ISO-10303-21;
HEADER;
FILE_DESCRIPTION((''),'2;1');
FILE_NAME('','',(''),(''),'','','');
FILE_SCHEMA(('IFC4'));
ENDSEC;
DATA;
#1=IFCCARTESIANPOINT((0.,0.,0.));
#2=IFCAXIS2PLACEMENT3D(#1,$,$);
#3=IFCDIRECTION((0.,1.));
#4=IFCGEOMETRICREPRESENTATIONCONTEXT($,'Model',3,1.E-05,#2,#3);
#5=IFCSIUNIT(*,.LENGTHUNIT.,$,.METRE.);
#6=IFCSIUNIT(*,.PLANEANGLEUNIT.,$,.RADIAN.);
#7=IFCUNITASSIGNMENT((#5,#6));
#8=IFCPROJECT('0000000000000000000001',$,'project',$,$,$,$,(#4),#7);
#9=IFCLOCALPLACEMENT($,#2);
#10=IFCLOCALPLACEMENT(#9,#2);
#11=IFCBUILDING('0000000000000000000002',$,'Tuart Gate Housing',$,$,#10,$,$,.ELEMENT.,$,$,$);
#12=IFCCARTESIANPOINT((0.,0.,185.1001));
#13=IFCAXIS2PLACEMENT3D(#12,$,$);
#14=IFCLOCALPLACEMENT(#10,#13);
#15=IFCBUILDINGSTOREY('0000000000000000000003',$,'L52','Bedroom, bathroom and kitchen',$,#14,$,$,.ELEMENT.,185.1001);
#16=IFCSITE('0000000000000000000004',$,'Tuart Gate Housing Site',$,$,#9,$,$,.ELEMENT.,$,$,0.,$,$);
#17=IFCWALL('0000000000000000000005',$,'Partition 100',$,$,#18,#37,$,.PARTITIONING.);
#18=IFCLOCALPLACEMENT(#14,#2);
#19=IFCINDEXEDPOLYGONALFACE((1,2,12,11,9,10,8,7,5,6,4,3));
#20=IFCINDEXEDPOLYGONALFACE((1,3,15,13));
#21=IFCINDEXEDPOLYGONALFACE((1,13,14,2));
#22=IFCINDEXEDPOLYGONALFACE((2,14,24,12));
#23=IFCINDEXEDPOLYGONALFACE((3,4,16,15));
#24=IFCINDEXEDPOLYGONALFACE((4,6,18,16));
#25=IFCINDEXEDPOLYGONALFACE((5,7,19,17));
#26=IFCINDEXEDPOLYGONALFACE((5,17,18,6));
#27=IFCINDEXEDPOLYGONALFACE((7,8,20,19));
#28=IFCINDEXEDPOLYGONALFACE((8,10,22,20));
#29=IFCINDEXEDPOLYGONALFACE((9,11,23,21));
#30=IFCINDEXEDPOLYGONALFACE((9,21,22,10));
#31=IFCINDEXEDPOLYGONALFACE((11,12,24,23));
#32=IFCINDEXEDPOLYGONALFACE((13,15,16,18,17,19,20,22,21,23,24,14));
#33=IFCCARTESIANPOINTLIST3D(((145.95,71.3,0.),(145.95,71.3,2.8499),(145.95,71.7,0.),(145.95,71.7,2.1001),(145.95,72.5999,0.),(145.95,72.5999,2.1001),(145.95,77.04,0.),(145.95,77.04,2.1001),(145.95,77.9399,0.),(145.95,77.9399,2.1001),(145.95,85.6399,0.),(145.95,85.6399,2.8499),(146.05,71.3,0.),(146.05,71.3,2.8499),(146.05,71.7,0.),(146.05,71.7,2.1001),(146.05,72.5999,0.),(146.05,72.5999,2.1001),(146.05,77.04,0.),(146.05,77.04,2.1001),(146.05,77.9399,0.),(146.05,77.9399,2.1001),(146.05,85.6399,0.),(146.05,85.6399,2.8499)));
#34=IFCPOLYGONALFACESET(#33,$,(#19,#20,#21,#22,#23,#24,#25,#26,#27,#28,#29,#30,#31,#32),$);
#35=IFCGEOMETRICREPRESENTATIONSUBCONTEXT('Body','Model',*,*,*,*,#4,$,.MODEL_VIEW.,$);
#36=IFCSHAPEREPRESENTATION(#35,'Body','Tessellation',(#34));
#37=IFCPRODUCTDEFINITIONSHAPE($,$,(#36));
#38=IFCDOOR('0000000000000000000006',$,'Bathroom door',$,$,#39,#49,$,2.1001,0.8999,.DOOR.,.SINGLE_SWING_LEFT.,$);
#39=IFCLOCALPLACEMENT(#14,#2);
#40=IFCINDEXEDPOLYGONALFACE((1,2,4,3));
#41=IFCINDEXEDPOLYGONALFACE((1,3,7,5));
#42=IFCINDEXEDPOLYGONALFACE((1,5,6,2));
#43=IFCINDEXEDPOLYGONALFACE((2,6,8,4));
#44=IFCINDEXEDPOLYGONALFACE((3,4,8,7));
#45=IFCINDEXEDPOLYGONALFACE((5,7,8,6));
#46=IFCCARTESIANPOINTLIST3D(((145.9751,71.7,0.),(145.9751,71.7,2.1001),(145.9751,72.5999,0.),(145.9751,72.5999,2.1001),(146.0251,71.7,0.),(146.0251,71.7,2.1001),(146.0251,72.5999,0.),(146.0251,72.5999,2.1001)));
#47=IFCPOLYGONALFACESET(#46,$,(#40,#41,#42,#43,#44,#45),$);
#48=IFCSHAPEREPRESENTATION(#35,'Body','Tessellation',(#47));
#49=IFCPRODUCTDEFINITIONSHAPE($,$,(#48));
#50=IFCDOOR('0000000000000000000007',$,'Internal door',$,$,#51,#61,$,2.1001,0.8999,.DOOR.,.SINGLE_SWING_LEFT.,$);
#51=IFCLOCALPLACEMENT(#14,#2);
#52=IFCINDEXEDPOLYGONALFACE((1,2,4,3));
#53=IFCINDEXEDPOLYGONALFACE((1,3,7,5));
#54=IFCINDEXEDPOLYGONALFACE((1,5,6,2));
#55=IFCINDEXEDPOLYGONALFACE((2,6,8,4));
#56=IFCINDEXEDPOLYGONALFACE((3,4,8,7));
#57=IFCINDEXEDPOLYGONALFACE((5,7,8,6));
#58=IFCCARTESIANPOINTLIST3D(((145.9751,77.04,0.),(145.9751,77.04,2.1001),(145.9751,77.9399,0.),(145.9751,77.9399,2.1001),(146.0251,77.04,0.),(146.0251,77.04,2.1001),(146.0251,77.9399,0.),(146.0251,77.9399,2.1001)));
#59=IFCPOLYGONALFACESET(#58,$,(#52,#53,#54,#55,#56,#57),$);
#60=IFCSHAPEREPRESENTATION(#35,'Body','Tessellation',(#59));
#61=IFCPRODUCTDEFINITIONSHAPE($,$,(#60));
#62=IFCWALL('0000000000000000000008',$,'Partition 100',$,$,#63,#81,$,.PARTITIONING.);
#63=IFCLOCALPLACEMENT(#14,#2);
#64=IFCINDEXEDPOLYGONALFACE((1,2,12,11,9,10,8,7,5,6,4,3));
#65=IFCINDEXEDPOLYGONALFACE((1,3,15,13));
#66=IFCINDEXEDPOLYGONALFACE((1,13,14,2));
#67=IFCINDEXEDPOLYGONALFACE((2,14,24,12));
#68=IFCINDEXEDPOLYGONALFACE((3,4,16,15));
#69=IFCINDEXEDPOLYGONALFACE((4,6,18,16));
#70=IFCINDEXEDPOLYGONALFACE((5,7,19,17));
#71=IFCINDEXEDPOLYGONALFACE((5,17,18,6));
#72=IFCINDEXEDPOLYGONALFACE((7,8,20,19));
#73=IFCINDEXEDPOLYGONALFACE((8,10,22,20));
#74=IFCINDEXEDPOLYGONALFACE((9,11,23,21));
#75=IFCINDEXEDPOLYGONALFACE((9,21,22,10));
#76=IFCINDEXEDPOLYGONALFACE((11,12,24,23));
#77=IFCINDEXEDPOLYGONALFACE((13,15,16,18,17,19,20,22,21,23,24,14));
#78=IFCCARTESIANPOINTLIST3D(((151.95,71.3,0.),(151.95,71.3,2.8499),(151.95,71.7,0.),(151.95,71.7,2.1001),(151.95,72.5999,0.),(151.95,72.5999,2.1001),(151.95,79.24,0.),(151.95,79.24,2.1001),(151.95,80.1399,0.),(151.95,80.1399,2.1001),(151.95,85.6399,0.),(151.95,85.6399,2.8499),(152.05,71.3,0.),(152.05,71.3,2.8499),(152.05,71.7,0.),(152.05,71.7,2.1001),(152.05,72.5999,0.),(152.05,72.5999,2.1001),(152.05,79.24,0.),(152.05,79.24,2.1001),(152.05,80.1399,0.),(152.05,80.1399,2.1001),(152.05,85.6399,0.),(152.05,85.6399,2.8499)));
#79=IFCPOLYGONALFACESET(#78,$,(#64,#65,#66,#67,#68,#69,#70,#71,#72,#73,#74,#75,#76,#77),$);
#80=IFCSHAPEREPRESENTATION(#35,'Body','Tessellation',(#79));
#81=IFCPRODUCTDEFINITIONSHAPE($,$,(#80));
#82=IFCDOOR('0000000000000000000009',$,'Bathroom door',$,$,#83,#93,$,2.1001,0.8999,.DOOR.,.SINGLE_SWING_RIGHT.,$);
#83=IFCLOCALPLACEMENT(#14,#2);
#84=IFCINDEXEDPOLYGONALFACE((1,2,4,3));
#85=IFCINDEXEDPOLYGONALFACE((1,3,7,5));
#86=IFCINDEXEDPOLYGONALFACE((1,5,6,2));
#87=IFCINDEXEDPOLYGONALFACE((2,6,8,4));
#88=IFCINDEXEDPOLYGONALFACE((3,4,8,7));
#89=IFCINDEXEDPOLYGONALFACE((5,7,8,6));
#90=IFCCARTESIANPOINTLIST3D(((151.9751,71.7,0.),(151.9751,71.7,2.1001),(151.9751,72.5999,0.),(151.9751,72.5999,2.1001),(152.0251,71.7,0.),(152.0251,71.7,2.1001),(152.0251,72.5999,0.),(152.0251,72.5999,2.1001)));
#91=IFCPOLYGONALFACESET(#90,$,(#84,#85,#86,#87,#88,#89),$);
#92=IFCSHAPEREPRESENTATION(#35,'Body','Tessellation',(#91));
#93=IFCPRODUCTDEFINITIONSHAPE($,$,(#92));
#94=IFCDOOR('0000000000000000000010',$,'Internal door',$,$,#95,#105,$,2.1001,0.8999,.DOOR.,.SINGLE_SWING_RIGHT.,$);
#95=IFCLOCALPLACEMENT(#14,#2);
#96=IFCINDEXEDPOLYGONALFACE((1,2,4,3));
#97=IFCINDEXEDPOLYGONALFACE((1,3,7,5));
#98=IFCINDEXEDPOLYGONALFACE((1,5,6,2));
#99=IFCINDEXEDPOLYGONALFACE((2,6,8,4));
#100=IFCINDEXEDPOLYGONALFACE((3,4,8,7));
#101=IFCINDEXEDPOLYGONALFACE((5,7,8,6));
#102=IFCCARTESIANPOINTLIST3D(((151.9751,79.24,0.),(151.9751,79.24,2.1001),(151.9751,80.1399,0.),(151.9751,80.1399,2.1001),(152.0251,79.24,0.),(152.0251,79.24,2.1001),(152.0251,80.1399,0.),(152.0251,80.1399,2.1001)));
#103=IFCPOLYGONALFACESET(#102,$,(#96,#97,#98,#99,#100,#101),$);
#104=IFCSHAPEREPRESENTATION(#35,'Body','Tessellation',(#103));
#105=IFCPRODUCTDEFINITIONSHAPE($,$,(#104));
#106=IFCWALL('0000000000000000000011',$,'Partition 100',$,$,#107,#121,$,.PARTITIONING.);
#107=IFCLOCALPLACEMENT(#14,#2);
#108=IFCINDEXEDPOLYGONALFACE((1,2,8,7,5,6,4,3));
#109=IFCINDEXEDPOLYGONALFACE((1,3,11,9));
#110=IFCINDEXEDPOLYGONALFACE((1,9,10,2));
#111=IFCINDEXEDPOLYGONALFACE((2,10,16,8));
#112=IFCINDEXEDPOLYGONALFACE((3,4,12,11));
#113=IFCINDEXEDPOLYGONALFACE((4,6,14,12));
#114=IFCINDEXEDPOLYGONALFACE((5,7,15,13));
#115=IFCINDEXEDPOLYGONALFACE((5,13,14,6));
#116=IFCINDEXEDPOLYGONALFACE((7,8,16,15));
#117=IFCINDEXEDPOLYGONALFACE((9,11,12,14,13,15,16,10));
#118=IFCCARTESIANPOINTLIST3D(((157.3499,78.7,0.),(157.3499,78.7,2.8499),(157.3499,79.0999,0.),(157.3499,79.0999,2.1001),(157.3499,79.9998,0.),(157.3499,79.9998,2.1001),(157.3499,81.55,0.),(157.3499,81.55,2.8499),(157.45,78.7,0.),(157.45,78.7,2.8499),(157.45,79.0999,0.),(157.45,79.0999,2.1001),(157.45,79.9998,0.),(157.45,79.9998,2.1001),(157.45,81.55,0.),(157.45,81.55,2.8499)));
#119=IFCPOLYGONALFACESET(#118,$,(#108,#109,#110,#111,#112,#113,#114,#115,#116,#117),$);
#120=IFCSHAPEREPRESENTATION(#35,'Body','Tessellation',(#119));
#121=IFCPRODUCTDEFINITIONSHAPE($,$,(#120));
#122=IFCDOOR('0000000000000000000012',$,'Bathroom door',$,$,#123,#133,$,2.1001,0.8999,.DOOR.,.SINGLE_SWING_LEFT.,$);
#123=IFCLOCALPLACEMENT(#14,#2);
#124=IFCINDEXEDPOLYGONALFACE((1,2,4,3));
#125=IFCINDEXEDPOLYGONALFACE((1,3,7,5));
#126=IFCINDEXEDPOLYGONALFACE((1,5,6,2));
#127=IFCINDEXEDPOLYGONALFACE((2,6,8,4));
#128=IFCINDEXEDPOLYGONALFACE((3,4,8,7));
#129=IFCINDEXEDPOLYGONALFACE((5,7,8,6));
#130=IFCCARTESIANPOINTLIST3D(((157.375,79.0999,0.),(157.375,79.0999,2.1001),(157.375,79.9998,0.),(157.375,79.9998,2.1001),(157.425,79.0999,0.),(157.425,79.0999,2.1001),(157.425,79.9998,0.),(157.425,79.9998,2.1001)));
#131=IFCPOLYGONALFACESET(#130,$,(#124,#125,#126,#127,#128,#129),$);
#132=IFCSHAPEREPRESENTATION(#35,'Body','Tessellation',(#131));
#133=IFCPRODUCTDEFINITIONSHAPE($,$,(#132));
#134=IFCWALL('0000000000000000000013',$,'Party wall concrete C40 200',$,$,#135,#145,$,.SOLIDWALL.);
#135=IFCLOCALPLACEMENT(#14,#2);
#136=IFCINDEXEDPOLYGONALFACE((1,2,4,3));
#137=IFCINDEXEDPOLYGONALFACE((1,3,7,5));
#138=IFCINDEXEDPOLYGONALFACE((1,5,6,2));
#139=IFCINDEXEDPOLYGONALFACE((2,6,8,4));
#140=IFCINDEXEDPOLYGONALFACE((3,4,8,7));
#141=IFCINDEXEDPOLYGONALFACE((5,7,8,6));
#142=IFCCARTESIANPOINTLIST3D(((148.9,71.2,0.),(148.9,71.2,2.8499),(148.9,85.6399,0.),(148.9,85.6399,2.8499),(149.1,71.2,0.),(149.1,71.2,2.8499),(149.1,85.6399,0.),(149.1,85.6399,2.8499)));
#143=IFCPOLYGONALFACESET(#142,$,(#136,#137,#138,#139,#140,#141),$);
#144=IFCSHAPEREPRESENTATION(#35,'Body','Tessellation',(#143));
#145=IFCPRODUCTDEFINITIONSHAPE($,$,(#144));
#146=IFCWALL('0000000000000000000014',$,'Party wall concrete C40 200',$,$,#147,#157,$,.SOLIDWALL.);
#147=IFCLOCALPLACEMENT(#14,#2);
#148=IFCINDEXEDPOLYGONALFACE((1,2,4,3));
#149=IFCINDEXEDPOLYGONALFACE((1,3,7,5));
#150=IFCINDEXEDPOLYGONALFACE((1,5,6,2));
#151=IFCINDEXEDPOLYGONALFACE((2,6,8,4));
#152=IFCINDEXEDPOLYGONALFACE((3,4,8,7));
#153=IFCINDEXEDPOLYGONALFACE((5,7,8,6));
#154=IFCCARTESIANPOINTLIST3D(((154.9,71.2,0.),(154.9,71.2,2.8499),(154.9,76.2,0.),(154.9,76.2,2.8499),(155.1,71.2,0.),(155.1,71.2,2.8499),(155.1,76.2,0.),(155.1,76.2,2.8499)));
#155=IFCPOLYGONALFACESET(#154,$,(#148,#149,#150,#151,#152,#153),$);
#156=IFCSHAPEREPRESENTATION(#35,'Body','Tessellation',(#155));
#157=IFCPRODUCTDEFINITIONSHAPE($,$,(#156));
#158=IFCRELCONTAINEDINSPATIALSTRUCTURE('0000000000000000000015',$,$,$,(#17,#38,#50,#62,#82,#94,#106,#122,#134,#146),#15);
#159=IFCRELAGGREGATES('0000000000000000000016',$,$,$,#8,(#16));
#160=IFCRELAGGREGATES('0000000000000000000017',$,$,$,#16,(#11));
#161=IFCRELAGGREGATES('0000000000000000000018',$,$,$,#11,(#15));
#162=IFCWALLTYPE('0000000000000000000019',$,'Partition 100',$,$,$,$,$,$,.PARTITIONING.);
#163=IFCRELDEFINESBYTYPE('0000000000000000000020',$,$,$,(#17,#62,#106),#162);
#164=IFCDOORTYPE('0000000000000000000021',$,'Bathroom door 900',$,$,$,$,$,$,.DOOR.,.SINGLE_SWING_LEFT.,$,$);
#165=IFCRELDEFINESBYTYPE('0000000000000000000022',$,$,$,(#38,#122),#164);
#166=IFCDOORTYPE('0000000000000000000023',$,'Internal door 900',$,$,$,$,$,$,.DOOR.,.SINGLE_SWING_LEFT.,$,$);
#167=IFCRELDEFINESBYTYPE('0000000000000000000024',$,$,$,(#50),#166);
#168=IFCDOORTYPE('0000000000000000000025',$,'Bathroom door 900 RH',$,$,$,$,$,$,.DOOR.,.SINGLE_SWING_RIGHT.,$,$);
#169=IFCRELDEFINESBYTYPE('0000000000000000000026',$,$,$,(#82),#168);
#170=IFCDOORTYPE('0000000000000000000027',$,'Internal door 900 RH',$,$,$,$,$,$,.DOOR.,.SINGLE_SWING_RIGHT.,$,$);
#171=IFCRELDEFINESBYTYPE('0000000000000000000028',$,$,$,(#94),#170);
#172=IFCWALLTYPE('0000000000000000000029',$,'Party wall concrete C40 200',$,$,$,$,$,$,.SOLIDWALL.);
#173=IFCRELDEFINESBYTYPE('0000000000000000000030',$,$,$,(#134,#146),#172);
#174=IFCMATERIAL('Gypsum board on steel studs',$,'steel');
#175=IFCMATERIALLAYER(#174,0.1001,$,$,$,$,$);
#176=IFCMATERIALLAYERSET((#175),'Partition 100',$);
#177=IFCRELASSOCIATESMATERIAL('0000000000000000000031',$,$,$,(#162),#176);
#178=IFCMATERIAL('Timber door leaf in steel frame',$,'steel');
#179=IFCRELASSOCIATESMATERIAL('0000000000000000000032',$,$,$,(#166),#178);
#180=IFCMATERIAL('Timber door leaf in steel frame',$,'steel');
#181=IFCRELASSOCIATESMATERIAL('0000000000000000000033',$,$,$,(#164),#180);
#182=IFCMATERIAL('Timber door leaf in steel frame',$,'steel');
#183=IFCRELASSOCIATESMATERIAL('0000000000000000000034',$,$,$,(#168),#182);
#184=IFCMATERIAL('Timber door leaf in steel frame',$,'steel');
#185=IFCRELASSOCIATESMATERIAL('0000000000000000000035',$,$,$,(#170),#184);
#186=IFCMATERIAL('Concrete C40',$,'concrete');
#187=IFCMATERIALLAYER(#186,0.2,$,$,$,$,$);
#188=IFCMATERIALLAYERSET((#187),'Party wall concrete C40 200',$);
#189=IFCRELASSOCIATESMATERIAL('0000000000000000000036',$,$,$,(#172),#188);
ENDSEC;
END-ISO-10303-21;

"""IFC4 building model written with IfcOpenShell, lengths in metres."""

from ifc_helpers import new_model, si_unit, direction, frame, frame_2d, origin, place, context, subcontext, project, spatial, rectangle, extrude, material, layer, layer_set, type_object, element, fill, save


model = new_model("IFC4")

# Units and contexts
model_context = context("Model", 3, precision=1e-05, world=origin(), true_north=direction((0.0, 1.0)))
body_context = subcontext(model_context, "Body", "Model", "MODEL_VIEW")
ifc_project = project(units=[si_unit("LENGTHUNIT", "METRE"), si_unit("PLANEANGLEUNIT", "RADIAN")], contexts=[model_context])

# Site, building, storey
site_placement = place(None, origin())
site = spatial("IfcSite", under=ifc_project, at=site_placement, Name="Tuart Gate Housing Site", CompositionType="ELEMENT", RefElevation=0.0)
building_placement = place(site_placement, origin())
building = spatial("IfcBuilding", under=site, at=building_placement, Name="Tuart Gate Housing", CompositionType="ELEMENT")
storey_placement = place(building_placement, frame((0.0, 0.0, 185.1001)))
storey = spatial("IfcBuildingStorey", under=building, at=storey_placement, Name="L52", Description="Bedroom, bathroom and kitchen", CompositionType="ELEMENT", Elevation=185.1001)

# Shared definitions
ifc_material_1 = material(Name="Gypsum board on steel studs", Category="steel")
ifc_layer_1 = layer(ifc_material_1, 0.1001)
ifc_layer_set_1 = layer_set([ifc_layer_1], Name="Partition 100")
wall_type_1 = type_object("IfcWallType", Name="Partition 100", PredefinedType="PARTITIONING", material=ifc_layer_set_1)

# Shared definitions
ifc_material_2 = material(Name="Timber door leaf in steel frame", Category="steel")
door_type_1 = type_object("IfcDoorType", Name="Internal door 900", OperationType="SINGLE_SWING_LEFT", PredefinedType="DOOR", material=ifc_material_2)

# Walls, openings, doors
wall_1_placement = place(storey_placement, frame((146.0, 71.3, 0.0), z_axis=(0.0, 0.0, 1.0), x_axis=(0.0, 1.0, 0.0)))
wall_1 = element("IfcWall", 1, at=wall_1_placement, inside=storey, type_object=wall_type_1, Name="Partition 100", PredefinedType="PARTITIONING", context=body_context, shape_type="SweptSolid", body=[
    extrude(rectangle(XDim=14.3398, YDim=0.1001, at=frame_2d((7.1699, 0.0))), origin(), (0.0, 0.0, 1.0), 2.8499),
])
opening_1_placement = place(wall_1_placement, frame((5.74, 0.0, 0.0)))
opening_1 = element("IfcOpeningElement", 2, at=opening_1_placement, cuts=wall_1, PredefinedType="OPENING", context=body_context, shape_type="SweptSolid", body=[
    extrude(rectangle(XDim=0.8999, YDim=2.1001, at=frame_2d((0.45, 1.05))), frame((0.0, 0.0601, 0.0), z_axis=(0.0, -1.0, 0.0), x_axis=(1.0, 0.0, 0.0)), (0.0, 0.0, 1.0), 0.1201),
])
opening_2_placement = place(wall_1_placement, frame((0.3999, 0.0, 0.0)))
opening_2 = element("IfcOpeningElement", 3, at=opening_2_placement, cuts=wall_1, PredefinedType="OPENING", context=body_context, shape_type="SweptSolid", body=[
    extrude(rectangle(XDim=0.8999, YDim=2.1001, at=frame_2d((0.45, 1.05))), frame((0.0, 0.0601, 0.0), z_axis=(0.0, -1.0, 0.0), x_axis=(1.0, 0.0, 0.0)), (0.0, 0.0, 1.0), 0.1201),
])
ifc_material_3 = material(Name="Timber door leaf in steel frame", Category="steel")
door_type_2 = type_object("IfcDoorType", Name="Bathroom door 900", OperationType="SINGLE_SWING_LEFT", PredefinedType="DOOR", material=ifc_material_3)
door_1_placement = place(opening_2_placement, origin())
door_1 = element("IfcDoor", 4, at=door_1_placement, inside=storey, type_object=door_type_2, Name="Bathroom door", OperationType="SINGLE_SWING_LEFT", OverallHeight=2.1001, OverallWidth=0.8999, PredefinedType="DOOR", context=body_context, shape_type="SweptSolid", body=[
    extrude(rectangle(XDim=0.8999, YDim=2.1001, at=frame_2d((0.45, 1.05))), frame((0.0, 0.0249, 0.0), z_axis=(0.0, -1.0, 0.0), x_axis=(1.0, 0.0, 0.0)), (0.0, 0.0, 1.0), 0.05),
])
fill(opening_2, door_1)
door_2_placement = place(opening_1_placement, origin())
door_2 = element("IfcDoor", 5, at=door_2_placement, inside=storey, type_object=door_type_1, Name="Internal door", OperationType="SINGLE_SWING_LEFT", OverallHeight=2.1001, OverallWidth=0.8999, PredefinedType="DOOR", context=body_context, shape_type="SweptSolid", body=[
    extrude(rectangle(XDim=0.8999, YDim=2.1001, at=frame_2d((0.45, 1.05))), frame((0.0, 0.0249, 0.0), z_axis=(0.0, -1.0, 0.0), x_axis=(1.0, 0.0, 0.0)), (0.0, 0.0, 1.0), 0.05),
])
fill(opening_1, door_2)
wall_2_placement = place(storey_placement, frame((152.0, 71.3, 0.0), z_axis=(0.0, 0.0, 1.0), x_axis=(0.0, 1.0, 0.0)))
wall_2 = element("IfcWall", 6, at=wall_2_placement, inside=storey, type_object=wall_type_1, Name="Partition 100", PredefinedType="PARTITIONING", context=body_context, shape_type="SweptSolid", body=[
    extrude(rectangle(XDim=14.3398, YDim=0.1001, at=frame_2d((7.1699, 0.0))), origin(), (0.0, 0.0, 1.0), 2.8499),
])
opening_3_placement = place(wall_2_placement, frame((7.9399, 0.0, 0.0)))
opening_3 = element("IfcOpeningElement", 7, at=opening_3_placement, cuts=wall_2, PredefinedType="OPENING", context=body_context, shape_type="SweptSolid", body=[
    extrude(rectangle(XDim=0.8999, YDim=2.1001, at=frame_2d((0.45, 1.05))), frame((0.0, 0.0601, 0.0), z_axis=(0.0, -1.0, 0.0), x_axis=(1.0, 0.0, 0.0)), (0.0, 0.0, 1.0), 0.1201),
])
opening_4_placement = place(wall_2_placement, frame((0.3999, 0.0, 0.0)))
opening_4 = element("IfcOpeningElement", 8, at=opening_4_placement, cuts=wall_2, PredefinedType="OPENING", context=body_context, shape_type="SweptSolid", body=[
    extrude(rectangle(XDim=0.8999, YDim=2.1001, at=frame_2d((0.45, 1.05))), frame((0.0, 0.0601, 0.0), z_axis=(0.0, -1.0, 0.0), x_axis=(1.0, 0.0, 0.0)), (0.0, 0.0, 1.0), 0.1201),
])
ifc_material_4 = material(Name="Timber door leaf in steel frame", Category="steel")
door_type_3 = type_object("IfcDoorType", Name="Bathroom door 900 RH", OperationType="SINGLE_SWING_RIGHT", PredefinedType="DOOR", material=ifc_material_4)
door_3_placement = place(opening_4_placement, frame((0.8999, 0.0, 0.0), z_axis=(0.0, 0.0, 1.0), x_axis=(-1.0, 0.0, 0.0)))
door_3 = element("IfcDoor", 9, at=door_3_placement, inside=storey, type_object=door_type_3, Name="Bathroom door", OperationType="SINGLE_SWING_RIGHT", OverallHeight=2.1001, OverallWidth=0.8999, PredefinedType="DOOR", context=body_context, shape_type="SweptSolid", body=[
    extrude(rectangle(XDim=0.8999, YDim=2.1001, at=frame_2d((0.45, 1.05))), frame((0.0, 0.0251, 0.0), z_axis=(0.0, -1.0, 0.0), x_axis=(1.0, 0.0, 0.0)), (0.0, 0.0, 1.0), 0.05),
])
fill(opening_4, door_3)
ifc_material_5 = material(Name="Timber door leaf in steel frame", Category="steel")
door_type_4 = type_object("IfcDoorType", Name="Internal door 900 RH", OperationType="SINGLE_SWING_RIGHT", PredefinedType="DOOR", material=ifc_material_5)
door_4_placement = place(opening_3_placement, frame((0.8999, 0.0, 0.0), z_axis=(0.0, 0.0, 1.0), x_axis=(-1.0, 0.0, 0.0)))
door_4 = element("IfcDoor", 10, at=door_4_placement, inside=storey, type_object=door_type_4, Name="Internal door", OperationType="SINGLE_SWING_RIGHT", OverallHeight=2.1001, OverallWidth=0.8999, PredefinedType="DOOR", context=body_context, shape_type="SweptSolid", body=[
    extrude(rectangle(XDim=0.8999, YDim=2.1001, at=frame_2d((0.45, 1.05))), frame((0.0, 0.0251, 0.0), z_axis=(0.0, -1.0, 0.0), x_axis=(1.0, 0.0, 0.0)), (0.0, 0.0, 1.0), 0.05),
])
fill(opening_3, door_4)

# Wall, opening, door
wall_3_placement = place(storey_placement, frame((157.3999, 78.7, 0.0), z_axis=(0.0, 0.0, 1.0), x_axis=(0.0, 1.0, 0.0)))
wall_3 = element("IfcWall", 11, at=wall_3_placement, inside=storey, type_object=wall_type_1, Name="Partition 100", PredefinedType="PARTITIONING", context=body_context, shape_type="SweptSolid", body=[
    extrude(rectangle(XDim=2.8501, YDim=0.1001, at=frame_2d((1.425, 0.0))), origin(), (0.0, 0.0, 1.0), 2.8499),
])
opening_5_placement = place(wall_3_placement, frame((0.3999, 0.0, 0.0)))
opening_5 = element("IfcOpeningElement", 12, at=opening_5_placement, cuts=wall_3, PredefinedType="OPENING", context=body_context, shape_type="SweptSolid", body=[
    extrude(rectangle(XDim=0.8999, YDim=2.1001, at=frame_2d((0.45, 1.05))), frame((0.0, 0.0601, 0.0), z_axis=(0.0, -1.0, 0.0), x_axis=(1.0, 0.0, 0.0)), (0.0, 0.0, 1.0), 0.1201),
])
door_5_placement = place(opening_5_placement, origin())
door_5 = element("IfcDoor", 13, at=door_5_placement, inside=storey, type_object=door_type_2, Name="Bathroom door", OperationType="SINGLE_SWING_LEFT", OverallHeight=2.1001, OverallWidth=0.8999, PredefinedType="DOOR", context=body_context, shape_type="SweptSolid", body=[
    extrude(rectangle(XDim=0.8999, YDim=2.1001, at=frame_2d((0.45, 1.05))), frame((0.0, 0.0249, 0.0), z_axis=(0.0, -1.0, 0.0), x_axis=(1.0, 0.0, 0.0)), (0.0, 0.0, 1.0), 0.05),
])
fill(opening_5, door_5)

# Walls
ifc_material_6 = material(Name="Concrete C40", Category="concrete")
ifc_layer_2 = layer(ifc_material_6, 0.2)
ifc_layer_set_2 = layer_set([ifc_layer_2], Name="Party wall concrete C40 200")
wall_type_2 = type_object("IfcWallType", Name="Party wall concrete C40 200", PredefinedType="SOLIDWALL", material=ifc_layer_set_2)
wall_4_placement = place(storey_placement, frame((149.0, 71.2, 0.0), z_axis=(0.0, 0.0, 1.0), x_axis=(0.0, 1.0, 0.0)))
element("IfcWall", 14, at=wall_4_placement, inside=storey, type_object=wall_type_2, Name="Party wall concrete C40 200", PredefinedType="SOLIDWALL", context=body_context, shape_type="SweptSolid", body=[
    extrude(rectangle(XDim=14.4399, YDim=0.2, at=frame_2d((7.22, 0.0))), origin(), (0.0, 0.0, 1.0), 2.8499),
])
wall_5_placement = place(storey_placement, frame((155.0, 71.2, 0.0), z_axis=(0.0, 0.0, 1.0), x_axis=(0.0, 1.0, 0.0)))
element("IfcWall", 15, at=wall_5_placement, inside=storey, type_object=wall_type_2, Name="Party wall concrete C40 200", PredefinedType="SOLIDWALL", context=body_context, shape_type="SweptSolid", body=[
    extrude(rectangle(XDim=5.0, YDim=0.2, at=frame_2d((2.5, 0.0))), origin(), (0.0, 0.0, 1.0), 2.8499),
])

save(model, "model.ifc")
